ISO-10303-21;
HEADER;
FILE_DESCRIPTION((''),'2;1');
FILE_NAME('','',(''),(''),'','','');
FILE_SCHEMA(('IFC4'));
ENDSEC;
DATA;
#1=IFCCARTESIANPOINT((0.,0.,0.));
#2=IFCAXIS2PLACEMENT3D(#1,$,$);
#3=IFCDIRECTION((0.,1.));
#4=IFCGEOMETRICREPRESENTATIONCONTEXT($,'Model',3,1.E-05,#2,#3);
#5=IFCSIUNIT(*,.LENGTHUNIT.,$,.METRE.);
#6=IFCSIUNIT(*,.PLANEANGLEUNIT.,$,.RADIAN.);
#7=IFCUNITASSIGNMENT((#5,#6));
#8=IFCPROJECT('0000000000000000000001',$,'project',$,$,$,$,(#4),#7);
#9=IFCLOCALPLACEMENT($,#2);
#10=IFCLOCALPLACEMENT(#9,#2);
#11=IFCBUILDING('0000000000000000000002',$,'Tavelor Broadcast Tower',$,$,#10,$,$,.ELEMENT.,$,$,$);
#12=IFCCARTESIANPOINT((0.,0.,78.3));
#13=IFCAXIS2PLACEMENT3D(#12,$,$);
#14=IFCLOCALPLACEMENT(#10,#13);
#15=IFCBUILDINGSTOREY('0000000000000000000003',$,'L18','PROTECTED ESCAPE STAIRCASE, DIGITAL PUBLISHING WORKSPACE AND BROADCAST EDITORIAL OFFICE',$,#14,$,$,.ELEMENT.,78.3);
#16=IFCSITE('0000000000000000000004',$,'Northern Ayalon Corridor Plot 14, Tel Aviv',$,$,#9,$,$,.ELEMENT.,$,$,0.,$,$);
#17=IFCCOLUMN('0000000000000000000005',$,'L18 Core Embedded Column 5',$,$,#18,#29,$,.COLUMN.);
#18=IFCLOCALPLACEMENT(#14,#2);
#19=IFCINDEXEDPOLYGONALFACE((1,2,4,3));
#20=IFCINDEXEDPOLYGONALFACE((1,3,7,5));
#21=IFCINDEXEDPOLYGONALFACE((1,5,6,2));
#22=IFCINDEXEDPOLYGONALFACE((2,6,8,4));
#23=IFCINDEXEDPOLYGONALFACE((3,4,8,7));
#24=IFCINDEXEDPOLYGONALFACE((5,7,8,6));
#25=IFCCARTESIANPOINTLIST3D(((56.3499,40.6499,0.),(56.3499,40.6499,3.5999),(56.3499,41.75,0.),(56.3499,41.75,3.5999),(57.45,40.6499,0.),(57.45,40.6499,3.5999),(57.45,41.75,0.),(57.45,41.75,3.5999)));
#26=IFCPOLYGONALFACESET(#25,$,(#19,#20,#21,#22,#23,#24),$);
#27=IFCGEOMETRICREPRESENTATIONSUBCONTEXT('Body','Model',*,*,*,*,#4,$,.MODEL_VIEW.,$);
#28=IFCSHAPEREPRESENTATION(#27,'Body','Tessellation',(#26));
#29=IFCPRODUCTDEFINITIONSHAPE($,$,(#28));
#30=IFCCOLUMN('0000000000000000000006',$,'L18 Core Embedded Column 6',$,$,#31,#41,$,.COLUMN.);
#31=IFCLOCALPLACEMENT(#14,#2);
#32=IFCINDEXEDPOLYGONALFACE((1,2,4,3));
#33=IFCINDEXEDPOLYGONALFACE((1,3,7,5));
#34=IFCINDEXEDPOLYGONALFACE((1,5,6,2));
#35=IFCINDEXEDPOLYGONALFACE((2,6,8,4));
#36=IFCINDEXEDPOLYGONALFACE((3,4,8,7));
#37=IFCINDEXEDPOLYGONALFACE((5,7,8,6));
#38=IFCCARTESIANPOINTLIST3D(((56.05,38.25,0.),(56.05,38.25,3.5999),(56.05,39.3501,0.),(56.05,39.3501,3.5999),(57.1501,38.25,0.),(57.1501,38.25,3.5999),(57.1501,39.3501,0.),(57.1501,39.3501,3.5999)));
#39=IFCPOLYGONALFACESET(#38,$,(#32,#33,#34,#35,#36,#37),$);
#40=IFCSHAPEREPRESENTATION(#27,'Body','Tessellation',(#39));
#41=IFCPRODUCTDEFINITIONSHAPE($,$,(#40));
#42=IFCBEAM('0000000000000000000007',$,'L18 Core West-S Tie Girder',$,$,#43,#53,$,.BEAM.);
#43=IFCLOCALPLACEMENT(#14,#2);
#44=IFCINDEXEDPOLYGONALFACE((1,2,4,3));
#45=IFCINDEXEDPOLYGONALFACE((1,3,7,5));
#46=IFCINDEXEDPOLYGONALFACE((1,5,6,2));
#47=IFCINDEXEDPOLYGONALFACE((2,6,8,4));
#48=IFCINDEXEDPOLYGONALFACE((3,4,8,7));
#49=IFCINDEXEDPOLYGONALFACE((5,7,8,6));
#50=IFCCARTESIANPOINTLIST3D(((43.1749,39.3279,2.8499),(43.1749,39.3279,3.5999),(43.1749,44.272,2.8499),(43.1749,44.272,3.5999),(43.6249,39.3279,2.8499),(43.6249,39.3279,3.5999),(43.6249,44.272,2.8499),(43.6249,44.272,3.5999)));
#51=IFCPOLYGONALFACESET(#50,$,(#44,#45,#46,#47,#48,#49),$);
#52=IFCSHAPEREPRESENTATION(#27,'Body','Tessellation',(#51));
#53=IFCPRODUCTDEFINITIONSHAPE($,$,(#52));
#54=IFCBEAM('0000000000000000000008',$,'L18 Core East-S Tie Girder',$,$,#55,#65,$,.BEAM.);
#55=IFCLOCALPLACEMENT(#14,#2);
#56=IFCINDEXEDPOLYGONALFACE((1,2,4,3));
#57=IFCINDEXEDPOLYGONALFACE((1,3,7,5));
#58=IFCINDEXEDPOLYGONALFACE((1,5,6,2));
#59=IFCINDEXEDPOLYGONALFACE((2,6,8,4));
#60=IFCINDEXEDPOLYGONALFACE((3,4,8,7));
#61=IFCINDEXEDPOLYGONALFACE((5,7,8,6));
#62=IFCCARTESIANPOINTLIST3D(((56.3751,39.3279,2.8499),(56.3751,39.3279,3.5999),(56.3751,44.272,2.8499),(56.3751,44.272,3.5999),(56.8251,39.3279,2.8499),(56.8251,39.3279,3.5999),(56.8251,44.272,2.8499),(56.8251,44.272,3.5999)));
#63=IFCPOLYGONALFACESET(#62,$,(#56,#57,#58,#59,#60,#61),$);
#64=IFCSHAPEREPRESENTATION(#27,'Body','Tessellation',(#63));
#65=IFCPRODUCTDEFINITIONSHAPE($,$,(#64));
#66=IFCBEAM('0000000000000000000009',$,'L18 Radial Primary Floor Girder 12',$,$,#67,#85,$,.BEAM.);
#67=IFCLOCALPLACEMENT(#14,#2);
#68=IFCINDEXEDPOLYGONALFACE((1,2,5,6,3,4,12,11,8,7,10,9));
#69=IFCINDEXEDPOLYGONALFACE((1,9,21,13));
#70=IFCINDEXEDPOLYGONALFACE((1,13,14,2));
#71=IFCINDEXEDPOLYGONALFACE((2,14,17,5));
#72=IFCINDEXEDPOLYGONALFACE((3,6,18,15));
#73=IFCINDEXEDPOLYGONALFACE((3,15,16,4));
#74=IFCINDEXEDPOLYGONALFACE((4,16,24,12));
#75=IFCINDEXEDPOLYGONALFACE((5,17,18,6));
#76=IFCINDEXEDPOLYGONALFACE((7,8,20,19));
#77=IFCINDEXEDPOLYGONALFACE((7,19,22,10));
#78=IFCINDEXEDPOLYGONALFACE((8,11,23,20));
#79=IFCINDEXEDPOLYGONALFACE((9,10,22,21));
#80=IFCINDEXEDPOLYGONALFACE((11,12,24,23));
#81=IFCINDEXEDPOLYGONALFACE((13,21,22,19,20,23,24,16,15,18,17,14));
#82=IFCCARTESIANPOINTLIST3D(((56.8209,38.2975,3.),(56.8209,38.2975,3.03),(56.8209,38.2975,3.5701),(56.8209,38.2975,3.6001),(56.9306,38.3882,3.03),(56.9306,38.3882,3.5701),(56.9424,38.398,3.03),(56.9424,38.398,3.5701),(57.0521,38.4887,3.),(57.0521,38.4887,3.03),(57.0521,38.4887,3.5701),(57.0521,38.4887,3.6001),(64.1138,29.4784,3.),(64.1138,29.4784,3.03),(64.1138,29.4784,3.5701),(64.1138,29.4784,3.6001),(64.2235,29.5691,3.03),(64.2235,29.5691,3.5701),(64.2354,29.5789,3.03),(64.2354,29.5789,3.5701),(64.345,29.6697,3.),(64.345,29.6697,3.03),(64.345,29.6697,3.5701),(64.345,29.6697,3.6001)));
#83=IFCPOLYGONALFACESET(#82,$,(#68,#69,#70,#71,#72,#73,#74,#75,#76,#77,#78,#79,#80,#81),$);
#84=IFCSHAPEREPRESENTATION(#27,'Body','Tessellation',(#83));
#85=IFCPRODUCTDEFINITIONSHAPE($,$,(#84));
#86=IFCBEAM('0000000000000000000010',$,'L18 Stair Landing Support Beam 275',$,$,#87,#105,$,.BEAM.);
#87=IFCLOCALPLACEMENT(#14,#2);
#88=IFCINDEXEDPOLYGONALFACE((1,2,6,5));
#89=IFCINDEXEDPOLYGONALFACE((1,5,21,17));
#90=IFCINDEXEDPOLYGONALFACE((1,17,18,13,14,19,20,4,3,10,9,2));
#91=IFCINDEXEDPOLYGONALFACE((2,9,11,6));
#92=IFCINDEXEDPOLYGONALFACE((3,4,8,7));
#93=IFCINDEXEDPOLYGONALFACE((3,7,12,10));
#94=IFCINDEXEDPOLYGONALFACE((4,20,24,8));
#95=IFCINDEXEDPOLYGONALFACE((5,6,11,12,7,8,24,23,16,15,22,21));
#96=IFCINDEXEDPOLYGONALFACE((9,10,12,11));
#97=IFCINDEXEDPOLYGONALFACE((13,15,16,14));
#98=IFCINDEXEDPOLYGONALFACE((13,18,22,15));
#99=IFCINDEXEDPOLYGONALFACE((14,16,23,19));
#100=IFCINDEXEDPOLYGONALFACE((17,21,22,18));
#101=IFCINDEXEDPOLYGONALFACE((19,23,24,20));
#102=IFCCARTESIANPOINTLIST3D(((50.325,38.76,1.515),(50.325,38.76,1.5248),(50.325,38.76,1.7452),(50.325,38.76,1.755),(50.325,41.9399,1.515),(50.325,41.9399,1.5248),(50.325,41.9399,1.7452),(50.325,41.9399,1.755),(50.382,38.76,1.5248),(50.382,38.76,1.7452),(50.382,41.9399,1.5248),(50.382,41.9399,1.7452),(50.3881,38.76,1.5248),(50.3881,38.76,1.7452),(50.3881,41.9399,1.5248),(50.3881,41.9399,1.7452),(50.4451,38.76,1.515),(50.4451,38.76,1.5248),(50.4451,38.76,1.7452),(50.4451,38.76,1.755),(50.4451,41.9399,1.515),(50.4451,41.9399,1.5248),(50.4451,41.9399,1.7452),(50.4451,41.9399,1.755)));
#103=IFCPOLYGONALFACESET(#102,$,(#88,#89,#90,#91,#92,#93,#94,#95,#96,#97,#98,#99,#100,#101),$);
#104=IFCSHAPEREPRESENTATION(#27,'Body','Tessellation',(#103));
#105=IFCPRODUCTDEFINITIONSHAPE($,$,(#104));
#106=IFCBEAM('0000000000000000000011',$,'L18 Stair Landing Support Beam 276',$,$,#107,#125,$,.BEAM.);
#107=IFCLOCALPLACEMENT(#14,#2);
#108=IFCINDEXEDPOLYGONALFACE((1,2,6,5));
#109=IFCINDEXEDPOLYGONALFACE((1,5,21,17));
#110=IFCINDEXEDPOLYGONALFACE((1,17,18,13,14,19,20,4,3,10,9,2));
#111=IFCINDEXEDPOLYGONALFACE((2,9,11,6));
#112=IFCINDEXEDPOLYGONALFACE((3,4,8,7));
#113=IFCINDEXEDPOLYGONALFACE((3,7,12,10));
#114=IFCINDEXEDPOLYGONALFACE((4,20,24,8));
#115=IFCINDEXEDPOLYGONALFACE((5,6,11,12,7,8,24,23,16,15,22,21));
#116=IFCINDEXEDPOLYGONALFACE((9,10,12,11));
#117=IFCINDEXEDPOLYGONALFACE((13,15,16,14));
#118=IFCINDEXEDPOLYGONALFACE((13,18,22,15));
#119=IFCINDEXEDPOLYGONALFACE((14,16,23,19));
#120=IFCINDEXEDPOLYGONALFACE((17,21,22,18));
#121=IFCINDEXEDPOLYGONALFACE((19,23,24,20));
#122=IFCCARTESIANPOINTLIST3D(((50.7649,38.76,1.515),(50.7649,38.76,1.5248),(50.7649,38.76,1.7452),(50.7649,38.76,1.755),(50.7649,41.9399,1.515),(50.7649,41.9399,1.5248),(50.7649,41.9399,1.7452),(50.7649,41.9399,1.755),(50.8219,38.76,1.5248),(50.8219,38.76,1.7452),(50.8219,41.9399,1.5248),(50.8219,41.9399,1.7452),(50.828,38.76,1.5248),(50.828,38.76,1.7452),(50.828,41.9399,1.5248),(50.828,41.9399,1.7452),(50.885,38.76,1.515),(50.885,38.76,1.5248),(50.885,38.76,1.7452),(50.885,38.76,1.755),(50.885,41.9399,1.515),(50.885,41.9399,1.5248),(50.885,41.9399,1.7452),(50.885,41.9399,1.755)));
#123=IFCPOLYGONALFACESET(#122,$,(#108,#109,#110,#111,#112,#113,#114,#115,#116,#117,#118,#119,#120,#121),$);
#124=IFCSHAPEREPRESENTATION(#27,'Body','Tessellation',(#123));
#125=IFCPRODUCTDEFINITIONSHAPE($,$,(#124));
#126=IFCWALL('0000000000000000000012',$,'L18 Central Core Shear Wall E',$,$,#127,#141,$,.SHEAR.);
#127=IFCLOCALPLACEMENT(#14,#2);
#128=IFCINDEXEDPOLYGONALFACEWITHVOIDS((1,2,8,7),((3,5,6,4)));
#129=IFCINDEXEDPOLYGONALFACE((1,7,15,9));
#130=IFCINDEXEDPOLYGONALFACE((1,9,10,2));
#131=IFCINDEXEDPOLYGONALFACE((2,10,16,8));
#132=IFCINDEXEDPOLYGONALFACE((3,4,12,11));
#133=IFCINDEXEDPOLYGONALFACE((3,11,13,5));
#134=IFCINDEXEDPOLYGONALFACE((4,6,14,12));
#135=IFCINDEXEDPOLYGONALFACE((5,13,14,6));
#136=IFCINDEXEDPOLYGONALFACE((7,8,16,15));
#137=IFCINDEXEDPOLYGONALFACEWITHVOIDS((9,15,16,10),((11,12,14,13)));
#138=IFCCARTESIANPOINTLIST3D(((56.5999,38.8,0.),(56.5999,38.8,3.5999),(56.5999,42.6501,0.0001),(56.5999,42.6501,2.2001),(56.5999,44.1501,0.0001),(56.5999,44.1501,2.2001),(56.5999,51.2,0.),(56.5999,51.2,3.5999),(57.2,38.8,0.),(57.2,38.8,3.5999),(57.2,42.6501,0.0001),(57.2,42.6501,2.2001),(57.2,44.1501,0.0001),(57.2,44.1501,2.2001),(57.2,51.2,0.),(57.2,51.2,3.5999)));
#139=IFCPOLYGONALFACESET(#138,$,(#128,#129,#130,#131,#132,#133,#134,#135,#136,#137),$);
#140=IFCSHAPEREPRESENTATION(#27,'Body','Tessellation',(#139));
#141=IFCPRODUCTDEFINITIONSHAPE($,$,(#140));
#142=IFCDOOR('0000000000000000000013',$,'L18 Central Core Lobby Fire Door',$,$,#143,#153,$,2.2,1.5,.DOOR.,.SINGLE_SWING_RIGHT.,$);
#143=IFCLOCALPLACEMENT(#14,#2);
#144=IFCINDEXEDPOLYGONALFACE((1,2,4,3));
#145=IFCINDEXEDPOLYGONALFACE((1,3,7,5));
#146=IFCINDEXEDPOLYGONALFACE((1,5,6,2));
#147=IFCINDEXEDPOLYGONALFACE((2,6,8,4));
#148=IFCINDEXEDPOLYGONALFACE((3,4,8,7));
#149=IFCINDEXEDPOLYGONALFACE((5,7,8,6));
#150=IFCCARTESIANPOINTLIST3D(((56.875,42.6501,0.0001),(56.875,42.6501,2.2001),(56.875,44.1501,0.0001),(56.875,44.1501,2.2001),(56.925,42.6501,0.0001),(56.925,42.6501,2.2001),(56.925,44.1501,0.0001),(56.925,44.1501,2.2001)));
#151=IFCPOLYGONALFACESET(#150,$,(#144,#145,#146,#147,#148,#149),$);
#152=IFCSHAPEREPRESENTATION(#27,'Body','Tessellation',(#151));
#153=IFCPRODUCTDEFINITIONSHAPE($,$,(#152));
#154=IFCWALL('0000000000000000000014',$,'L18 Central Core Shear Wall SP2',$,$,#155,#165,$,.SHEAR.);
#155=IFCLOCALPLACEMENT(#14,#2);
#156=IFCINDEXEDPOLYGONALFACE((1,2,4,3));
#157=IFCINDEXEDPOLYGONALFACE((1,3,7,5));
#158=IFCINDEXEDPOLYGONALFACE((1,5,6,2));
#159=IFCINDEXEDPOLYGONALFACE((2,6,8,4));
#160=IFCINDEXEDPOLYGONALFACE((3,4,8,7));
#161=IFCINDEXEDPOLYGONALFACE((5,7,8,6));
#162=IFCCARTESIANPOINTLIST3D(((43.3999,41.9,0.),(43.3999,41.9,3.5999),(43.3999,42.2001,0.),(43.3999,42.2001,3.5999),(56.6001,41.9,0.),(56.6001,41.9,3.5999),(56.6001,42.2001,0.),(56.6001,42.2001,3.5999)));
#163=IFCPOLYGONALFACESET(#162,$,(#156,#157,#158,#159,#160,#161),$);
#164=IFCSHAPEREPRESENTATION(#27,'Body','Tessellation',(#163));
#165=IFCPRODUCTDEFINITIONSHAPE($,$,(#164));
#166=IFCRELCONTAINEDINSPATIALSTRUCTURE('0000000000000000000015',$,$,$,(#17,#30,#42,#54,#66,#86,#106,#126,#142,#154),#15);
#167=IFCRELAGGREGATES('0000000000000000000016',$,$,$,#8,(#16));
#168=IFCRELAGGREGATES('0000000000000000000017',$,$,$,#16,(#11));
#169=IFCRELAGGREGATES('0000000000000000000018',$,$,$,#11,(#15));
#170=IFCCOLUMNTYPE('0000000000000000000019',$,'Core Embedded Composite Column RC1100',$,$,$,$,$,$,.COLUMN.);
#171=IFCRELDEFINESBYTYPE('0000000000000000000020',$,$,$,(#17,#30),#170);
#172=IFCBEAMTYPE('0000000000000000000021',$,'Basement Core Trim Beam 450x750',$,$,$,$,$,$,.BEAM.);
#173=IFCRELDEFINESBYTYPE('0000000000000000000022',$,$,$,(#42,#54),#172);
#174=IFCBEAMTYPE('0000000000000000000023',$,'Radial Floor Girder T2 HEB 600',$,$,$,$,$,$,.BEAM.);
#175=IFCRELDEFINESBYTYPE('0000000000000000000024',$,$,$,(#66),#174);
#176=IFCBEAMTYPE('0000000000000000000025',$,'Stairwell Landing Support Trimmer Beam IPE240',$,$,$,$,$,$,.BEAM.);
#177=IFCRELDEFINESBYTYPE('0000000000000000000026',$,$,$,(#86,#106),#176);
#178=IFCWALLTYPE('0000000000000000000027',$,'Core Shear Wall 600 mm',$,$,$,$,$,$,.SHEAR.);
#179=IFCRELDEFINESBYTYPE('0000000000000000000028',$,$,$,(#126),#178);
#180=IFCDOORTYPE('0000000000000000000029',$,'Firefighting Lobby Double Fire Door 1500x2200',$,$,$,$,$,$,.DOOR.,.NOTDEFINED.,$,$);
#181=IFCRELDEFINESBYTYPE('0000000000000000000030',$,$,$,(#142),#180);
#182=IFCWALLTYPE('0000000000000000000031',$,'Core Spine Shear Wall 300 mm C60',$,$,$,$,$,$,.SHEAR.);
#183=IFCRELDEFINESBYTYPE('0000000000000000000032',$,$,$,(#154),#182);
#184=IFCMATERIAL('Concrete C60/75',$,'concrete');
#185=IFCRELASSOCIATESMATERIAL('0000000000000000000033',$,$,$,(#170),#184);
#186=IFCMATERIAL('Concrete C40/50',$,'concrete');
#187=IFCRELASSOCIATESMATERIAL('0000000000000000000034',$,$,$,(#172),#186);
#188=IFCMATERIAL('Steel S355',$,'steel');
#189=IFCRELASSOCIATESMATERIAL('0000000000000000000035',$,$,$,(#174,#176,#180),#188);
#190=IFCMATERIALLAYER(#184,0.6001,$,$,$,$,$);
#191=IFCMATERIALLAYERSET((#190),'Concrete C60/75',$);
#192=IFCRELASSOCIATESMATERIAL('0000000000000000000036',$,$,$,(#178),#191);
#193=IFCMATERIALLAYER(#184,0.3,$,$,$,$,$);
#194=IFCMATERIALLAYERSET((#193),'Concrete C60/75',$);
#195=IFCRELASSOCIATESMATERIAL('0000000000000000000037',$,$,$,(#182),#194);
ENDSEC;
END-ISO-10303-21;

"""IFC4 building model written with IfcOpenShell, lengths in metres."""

from ifc_helpers import new_model, si_unit, direction, frame, frame_2d, origin, origin_2d, place, context, subcontext, project, spatial, rectangle, i_section, extrude, material, layer, layer_set, material_profile, profile_set, type_object, element, fill, save


model = new_model("IFC4")

# Units and contexts
model_context = context("Model", 3, precision=1e-05, world=origin(), true_north=direction((0.0, 1.0)))
body_context = subcontext(model_context, "Body", "Model", "MODEL_VIEW")
ifc_project = project(units=[si_unit("LENGTHUNIT", "METRE"), si_unit("PLANEANGLEUNIT", "RADIAN")], contexts=[model_context])

# Site, building, storey
site_placement = place(None, origin())
site = spatial("IfcSite", under=ifc_project, at=site_placement, Name="Northern Ayalon Corridor Plot 14, Tel Aviv", CompositionType="ELEMENT", RefElevation=0.0)
building_placement = place(site_placement, origin())
building = spatial("IfcBuilding", under=site, at=building_placement, Name="Tavelor Broadcast Tower", CompositionType="ELEMENT")
storey_placement = place(building_placement, frame((0.0, 0.0, 78.3)))
storey = spatial("IfcBuildingStorey", under=building, at=storey_placement, Name="L18", Description="PROTECTED ESCAPE STAIRCASE, DIGITAL PUBLISHING WORKSPACE AND BROADCAST EDITORIAL OFFICE", CompositionType="ELEMENT", Elevation=78.3)

# Columns
ifc_material_1 = material(Name="Concrete C60/75", Category="concrete")
ifc_material_profile_1 = material_profile(ifc_material_1, rectangle(XDim=1.1001, YDim=1.1001, at=origin_2d()), Name="RC 1100x1100")
ifc_profile_set_1 = profile_set([ifc_material_profile_1], Name="Concrete C60/75")
column_type = type_object("IfcColumnType", Name="Core Embedded Composite Column RC1100", PredefinedType="COLUMN", material=ifc_profile_set_1)
for number, where, z_axis, x_axis, name in (
    (1, (56.8999, 41.2, 0.0), (0.0, 0.0, 1.0), (1.0, 0.0, 0.0), "L18 Core Embedded Column 5"),
    (2, (56.6001, 38.8, 0.0), (0.0, 0.0, 1.0), (1.0, 0.0, 0.0), "L18 Core Embedded Column 6"),
):
    element("IfcColumn", number, at=place(storey_placement, frame(where, z_axis=z_axis, x_axis=x_axis)), inside=storey, type_object=column_type, Name=name, PredefinedType="COLUMN", context=body_context, shape_type="SweptSolid", body=[
        extrude(rectangle(XDim=1.1001, YDim=1.1001, at=origin_2d()), origin(), (0.0, 0.0, 1.0), 3.5999),
    ])

# Beams
ifc_material_2 = material(Name="Concrete C40/50", Category="concrete")
ifc_material_profile_2 = material_profile(ifc_material_2, rectangle(XDim=0.45, YDim=0.75, at=origin_2d()), Name="RC 450x750")
ifc_profile_set_2 = profile_set([ifc_material_profile_2], Name="Concrete C40/50")
beam_type_1 = type_object("IfcBeamType", Name="Basement Core Trim Beam 450x750", PredefinedType="BEAM", material=ifc_profile_set_2)
for number, where, z_axis, x_axis, name in (
    (3, (43.3999, 39.3279, 3.2249), (0.0, 1.0, 0.0), (-1.0, 0.0, 0.0), "L18 Core West-S Tie Girder"),
    (4, (56.6001, 39.3279, 3.2249), (0.0, 1.0, 0.0), (-1.0, 0.0, 0.0), "L18 Core East-S Tie Girder"),
):
    element("IfcBeam", number, at=place(storey_placement, frame(where, z_axis=z_axis, x_axis=x_axis)), inside=storey, type_object=beam_type_1, Name=name, PredefinedType="BEAM", context=body_context, shape_type="SweptSolid", body=[
        extrude(rectangle(XDim=0.45, YDim=0.75, at=origin_2d()), origin(), (0.0, 0.0, 1.0), 4.9441),
    ])
ifc_material_3 = material(Name="Steel S355", Category="steel")
ifc_material_profile_3 = material_profile(ifc_material_3, i_section(OverallWidth=0.3, OverallDepth=0.6001, WebThickness=0.0154, FlangeThickness=0.03, at=origin_2d()), Name="HEB 600")
ifc_profile_set_3 = profile_set([ifc_material_profile_3], Name="Steel S355")
beam_type_2 = type_object("IfcBeamType", Name="Radial Floor Girder T2 HEB 600", PredefinedType="BEAM", material=ifc_profile_set_3)
beam_placement = place(storey_placement, frame((56.9365, 38.3931, 3.3), z_axis=(0.637278, -0.770634, 0.0), x_axis=(0.770634, 0.637278, 0.0)))
element("IfcBeam", 5, at=beam_placement, inside=storey, type_object=beam_type_2, Name="L18 Radial Primary Floor Girder 12", PredefinedType="BEAM", context=body_context, shape_type="SweptSolid", body=[
    extrude(i_section(OverallWidth=0.3, OverallDepth=0.6001, WebThickness=0.0154, FlangeThickness=0.03, at=origin_2d()), origin(), (0.0, 0.0, 1.0), 11.4438),
])
ifc_material_profile_4 = material_profile(ifc_material_3, i_section(OverallWidth=0.1201, OverallDepth=0.24, WebThickness=0.0061, FlangeThickness=0.0098, at=origin_2d()), Name="IPE 240")
ifc_profile_set_4 = profile_set([ifc_material_profile_4], Name="Steel S355")
beam_type_3 = type_object("IfcBeamType", Name="Stairwell Landing Support Trimmer Beam IPE240", PredefinedType="BEAM", material=ifc_profile_set_4)
for number, where, z_axis, x_axis, name in (
    (6, (50.385, 38.76, 1.635), (0.0, 1.0, 0.0), (-1.0, 0.0, 0.0), "L18 Stair Landing Support Beam 275"),
    (7, (50.825, 38.76, 1.635), (0.0, 1.0, 0.0), (-1.0, 0.0, 0.0), "L18 Stair Landing Support Beam 276"),
):
    element("IfcBeam", number, at=place(storey_placement, frame(where, z_axis=z_axis, x_axis=x_axis)), inside=storey, type_object=beam_type_3, Name=name, PredefinedType="BEAM", context=body_context, shape_type="SweptSolid", body=[
        extrude(i_section(OverallWidth=0.1201, OverallDepth=0.24, WebThickness=0.0061, FlangeThickness=0.0098, at=origin_2d()), origin(), (0.0, 0.0, 1.0), 3.1799),
    ])

# Wall, opening, door
ifc_layer_1 = layer(ifc_material_1, 0.6001)
ifc_layer_set_1 = layer_set([ifc_layer_1], Name="Concrete C60/75")
wall_type_1 = type_object("IfcWallType", Name="Core Shear Wall 600 mm", PredefinedType="SHEAR", material=ifc_layer_set_1)
wall_1_placement = place(storey_placement, frame((56.8999, 38.8, 0.0), z_axis=(0.0, 0.0, 1.0), x_axis=(0.0, 1.0, 0.0)))
wall_1 = element("IfcWall", 8, at=wall_1_placement, inside=storey, type_object=wall_type_1, Name="L18 Central Core Shear Wall E", PredefinedType="SHEAR", context=body_context, shape_type="SweptSolid", body=[
    extrude(rectangle(XDim=12.3999, YDim=0.6001, at=frame_2d((6.2, 0.0))), origin(), (0.0, 0.0, 1.0), 3.5999),
])
opening_1_placement = place(wall_1_placement, frame((3.8501, 0.0, 0.0)))
opening_1 = element("IfcOpeningElement", 9, at=opening_1_placement, cuts=wall_1, PredefinedType="OPENING", context=body_context, shape_type="SweptSolid", body=[
    extrude(rectangle(XDim=1.5, YDim=2.2, at=frame_2d((0.75, 1.1001))), frame((0.0, 0.3101, 0.0), z_axis=(0.0, -1.0, 0.0), x_axis=(1.0, 0.0, 0.0)), (0.0, 0.0, 1.0), 0.6201),
])
door_type_1 = type_object("IfcDoorType", Name="Firefighting Lobby Double Fire Door 1500x2200", OperationType="NOTDEFINED", PredefinedType="DOOR", material=ifc_material_3)
door_1_placement = place(opening_1_placement, origin())
door_1 = element("IfcDoor", 10, at=door_1_placement, inside=storey, type_object=door_type_1, Name="L18 Central Core Lobby Fire Door", OperationType="SINGLE_SWING_RIGHT", OverallHeight=2.2, OverallWidth=1.5, PredefinedType="DOOR", context=body_context, shape_type="SweptSolid", body=[
    extrude(rectangle(XDim=1.5, YDim=2.2, at=frame_2d((0.75, 1.1001))), frame((0.0, 0.0249, 0.0), z_axis=(0.0, -1.0, 0.0), x_axis=(1.0, 0.0, 0.0)), (0.0, 0.0, 1.0), 0.05),
])
fill(opening_1, door_1)

# Wall
ifc_layer_2 = layer(ifc_material_1, 0.3)
ifc_layer_set_2 = layer_set([ifc_layer_2], Name="Concrete C60/75")
wall_type_2 = type_object("IfcWallType", Name="Core Spine Shear Wall 300 mm C60", PredefinedType="SHEAR", material=ifc_layer_set_2)
wall_2_placement = place(storey_placement, frame((43.3999, 42.05, 0.0), z_axis=(0.0, 0.0, 1.0), x_axis=(1.0, 0.0, 0.0)))
element("IfcWall", 11, at=wall_2_placement, inside=storey, type_object=wall_type_2, Name="L18 Central Core Shear Wall SP2", PredefinedType="SHEAR", context=body_context, shape_type="SweptSolid", body=[
    extrude(rectangle(XDim=13.2002, YDim=0.3, at=frame_2d((6.6001, 0.0))), origin(), (0.0, 0.0, 1.0), 3.5999),
])

save(model, "model.ifc")
